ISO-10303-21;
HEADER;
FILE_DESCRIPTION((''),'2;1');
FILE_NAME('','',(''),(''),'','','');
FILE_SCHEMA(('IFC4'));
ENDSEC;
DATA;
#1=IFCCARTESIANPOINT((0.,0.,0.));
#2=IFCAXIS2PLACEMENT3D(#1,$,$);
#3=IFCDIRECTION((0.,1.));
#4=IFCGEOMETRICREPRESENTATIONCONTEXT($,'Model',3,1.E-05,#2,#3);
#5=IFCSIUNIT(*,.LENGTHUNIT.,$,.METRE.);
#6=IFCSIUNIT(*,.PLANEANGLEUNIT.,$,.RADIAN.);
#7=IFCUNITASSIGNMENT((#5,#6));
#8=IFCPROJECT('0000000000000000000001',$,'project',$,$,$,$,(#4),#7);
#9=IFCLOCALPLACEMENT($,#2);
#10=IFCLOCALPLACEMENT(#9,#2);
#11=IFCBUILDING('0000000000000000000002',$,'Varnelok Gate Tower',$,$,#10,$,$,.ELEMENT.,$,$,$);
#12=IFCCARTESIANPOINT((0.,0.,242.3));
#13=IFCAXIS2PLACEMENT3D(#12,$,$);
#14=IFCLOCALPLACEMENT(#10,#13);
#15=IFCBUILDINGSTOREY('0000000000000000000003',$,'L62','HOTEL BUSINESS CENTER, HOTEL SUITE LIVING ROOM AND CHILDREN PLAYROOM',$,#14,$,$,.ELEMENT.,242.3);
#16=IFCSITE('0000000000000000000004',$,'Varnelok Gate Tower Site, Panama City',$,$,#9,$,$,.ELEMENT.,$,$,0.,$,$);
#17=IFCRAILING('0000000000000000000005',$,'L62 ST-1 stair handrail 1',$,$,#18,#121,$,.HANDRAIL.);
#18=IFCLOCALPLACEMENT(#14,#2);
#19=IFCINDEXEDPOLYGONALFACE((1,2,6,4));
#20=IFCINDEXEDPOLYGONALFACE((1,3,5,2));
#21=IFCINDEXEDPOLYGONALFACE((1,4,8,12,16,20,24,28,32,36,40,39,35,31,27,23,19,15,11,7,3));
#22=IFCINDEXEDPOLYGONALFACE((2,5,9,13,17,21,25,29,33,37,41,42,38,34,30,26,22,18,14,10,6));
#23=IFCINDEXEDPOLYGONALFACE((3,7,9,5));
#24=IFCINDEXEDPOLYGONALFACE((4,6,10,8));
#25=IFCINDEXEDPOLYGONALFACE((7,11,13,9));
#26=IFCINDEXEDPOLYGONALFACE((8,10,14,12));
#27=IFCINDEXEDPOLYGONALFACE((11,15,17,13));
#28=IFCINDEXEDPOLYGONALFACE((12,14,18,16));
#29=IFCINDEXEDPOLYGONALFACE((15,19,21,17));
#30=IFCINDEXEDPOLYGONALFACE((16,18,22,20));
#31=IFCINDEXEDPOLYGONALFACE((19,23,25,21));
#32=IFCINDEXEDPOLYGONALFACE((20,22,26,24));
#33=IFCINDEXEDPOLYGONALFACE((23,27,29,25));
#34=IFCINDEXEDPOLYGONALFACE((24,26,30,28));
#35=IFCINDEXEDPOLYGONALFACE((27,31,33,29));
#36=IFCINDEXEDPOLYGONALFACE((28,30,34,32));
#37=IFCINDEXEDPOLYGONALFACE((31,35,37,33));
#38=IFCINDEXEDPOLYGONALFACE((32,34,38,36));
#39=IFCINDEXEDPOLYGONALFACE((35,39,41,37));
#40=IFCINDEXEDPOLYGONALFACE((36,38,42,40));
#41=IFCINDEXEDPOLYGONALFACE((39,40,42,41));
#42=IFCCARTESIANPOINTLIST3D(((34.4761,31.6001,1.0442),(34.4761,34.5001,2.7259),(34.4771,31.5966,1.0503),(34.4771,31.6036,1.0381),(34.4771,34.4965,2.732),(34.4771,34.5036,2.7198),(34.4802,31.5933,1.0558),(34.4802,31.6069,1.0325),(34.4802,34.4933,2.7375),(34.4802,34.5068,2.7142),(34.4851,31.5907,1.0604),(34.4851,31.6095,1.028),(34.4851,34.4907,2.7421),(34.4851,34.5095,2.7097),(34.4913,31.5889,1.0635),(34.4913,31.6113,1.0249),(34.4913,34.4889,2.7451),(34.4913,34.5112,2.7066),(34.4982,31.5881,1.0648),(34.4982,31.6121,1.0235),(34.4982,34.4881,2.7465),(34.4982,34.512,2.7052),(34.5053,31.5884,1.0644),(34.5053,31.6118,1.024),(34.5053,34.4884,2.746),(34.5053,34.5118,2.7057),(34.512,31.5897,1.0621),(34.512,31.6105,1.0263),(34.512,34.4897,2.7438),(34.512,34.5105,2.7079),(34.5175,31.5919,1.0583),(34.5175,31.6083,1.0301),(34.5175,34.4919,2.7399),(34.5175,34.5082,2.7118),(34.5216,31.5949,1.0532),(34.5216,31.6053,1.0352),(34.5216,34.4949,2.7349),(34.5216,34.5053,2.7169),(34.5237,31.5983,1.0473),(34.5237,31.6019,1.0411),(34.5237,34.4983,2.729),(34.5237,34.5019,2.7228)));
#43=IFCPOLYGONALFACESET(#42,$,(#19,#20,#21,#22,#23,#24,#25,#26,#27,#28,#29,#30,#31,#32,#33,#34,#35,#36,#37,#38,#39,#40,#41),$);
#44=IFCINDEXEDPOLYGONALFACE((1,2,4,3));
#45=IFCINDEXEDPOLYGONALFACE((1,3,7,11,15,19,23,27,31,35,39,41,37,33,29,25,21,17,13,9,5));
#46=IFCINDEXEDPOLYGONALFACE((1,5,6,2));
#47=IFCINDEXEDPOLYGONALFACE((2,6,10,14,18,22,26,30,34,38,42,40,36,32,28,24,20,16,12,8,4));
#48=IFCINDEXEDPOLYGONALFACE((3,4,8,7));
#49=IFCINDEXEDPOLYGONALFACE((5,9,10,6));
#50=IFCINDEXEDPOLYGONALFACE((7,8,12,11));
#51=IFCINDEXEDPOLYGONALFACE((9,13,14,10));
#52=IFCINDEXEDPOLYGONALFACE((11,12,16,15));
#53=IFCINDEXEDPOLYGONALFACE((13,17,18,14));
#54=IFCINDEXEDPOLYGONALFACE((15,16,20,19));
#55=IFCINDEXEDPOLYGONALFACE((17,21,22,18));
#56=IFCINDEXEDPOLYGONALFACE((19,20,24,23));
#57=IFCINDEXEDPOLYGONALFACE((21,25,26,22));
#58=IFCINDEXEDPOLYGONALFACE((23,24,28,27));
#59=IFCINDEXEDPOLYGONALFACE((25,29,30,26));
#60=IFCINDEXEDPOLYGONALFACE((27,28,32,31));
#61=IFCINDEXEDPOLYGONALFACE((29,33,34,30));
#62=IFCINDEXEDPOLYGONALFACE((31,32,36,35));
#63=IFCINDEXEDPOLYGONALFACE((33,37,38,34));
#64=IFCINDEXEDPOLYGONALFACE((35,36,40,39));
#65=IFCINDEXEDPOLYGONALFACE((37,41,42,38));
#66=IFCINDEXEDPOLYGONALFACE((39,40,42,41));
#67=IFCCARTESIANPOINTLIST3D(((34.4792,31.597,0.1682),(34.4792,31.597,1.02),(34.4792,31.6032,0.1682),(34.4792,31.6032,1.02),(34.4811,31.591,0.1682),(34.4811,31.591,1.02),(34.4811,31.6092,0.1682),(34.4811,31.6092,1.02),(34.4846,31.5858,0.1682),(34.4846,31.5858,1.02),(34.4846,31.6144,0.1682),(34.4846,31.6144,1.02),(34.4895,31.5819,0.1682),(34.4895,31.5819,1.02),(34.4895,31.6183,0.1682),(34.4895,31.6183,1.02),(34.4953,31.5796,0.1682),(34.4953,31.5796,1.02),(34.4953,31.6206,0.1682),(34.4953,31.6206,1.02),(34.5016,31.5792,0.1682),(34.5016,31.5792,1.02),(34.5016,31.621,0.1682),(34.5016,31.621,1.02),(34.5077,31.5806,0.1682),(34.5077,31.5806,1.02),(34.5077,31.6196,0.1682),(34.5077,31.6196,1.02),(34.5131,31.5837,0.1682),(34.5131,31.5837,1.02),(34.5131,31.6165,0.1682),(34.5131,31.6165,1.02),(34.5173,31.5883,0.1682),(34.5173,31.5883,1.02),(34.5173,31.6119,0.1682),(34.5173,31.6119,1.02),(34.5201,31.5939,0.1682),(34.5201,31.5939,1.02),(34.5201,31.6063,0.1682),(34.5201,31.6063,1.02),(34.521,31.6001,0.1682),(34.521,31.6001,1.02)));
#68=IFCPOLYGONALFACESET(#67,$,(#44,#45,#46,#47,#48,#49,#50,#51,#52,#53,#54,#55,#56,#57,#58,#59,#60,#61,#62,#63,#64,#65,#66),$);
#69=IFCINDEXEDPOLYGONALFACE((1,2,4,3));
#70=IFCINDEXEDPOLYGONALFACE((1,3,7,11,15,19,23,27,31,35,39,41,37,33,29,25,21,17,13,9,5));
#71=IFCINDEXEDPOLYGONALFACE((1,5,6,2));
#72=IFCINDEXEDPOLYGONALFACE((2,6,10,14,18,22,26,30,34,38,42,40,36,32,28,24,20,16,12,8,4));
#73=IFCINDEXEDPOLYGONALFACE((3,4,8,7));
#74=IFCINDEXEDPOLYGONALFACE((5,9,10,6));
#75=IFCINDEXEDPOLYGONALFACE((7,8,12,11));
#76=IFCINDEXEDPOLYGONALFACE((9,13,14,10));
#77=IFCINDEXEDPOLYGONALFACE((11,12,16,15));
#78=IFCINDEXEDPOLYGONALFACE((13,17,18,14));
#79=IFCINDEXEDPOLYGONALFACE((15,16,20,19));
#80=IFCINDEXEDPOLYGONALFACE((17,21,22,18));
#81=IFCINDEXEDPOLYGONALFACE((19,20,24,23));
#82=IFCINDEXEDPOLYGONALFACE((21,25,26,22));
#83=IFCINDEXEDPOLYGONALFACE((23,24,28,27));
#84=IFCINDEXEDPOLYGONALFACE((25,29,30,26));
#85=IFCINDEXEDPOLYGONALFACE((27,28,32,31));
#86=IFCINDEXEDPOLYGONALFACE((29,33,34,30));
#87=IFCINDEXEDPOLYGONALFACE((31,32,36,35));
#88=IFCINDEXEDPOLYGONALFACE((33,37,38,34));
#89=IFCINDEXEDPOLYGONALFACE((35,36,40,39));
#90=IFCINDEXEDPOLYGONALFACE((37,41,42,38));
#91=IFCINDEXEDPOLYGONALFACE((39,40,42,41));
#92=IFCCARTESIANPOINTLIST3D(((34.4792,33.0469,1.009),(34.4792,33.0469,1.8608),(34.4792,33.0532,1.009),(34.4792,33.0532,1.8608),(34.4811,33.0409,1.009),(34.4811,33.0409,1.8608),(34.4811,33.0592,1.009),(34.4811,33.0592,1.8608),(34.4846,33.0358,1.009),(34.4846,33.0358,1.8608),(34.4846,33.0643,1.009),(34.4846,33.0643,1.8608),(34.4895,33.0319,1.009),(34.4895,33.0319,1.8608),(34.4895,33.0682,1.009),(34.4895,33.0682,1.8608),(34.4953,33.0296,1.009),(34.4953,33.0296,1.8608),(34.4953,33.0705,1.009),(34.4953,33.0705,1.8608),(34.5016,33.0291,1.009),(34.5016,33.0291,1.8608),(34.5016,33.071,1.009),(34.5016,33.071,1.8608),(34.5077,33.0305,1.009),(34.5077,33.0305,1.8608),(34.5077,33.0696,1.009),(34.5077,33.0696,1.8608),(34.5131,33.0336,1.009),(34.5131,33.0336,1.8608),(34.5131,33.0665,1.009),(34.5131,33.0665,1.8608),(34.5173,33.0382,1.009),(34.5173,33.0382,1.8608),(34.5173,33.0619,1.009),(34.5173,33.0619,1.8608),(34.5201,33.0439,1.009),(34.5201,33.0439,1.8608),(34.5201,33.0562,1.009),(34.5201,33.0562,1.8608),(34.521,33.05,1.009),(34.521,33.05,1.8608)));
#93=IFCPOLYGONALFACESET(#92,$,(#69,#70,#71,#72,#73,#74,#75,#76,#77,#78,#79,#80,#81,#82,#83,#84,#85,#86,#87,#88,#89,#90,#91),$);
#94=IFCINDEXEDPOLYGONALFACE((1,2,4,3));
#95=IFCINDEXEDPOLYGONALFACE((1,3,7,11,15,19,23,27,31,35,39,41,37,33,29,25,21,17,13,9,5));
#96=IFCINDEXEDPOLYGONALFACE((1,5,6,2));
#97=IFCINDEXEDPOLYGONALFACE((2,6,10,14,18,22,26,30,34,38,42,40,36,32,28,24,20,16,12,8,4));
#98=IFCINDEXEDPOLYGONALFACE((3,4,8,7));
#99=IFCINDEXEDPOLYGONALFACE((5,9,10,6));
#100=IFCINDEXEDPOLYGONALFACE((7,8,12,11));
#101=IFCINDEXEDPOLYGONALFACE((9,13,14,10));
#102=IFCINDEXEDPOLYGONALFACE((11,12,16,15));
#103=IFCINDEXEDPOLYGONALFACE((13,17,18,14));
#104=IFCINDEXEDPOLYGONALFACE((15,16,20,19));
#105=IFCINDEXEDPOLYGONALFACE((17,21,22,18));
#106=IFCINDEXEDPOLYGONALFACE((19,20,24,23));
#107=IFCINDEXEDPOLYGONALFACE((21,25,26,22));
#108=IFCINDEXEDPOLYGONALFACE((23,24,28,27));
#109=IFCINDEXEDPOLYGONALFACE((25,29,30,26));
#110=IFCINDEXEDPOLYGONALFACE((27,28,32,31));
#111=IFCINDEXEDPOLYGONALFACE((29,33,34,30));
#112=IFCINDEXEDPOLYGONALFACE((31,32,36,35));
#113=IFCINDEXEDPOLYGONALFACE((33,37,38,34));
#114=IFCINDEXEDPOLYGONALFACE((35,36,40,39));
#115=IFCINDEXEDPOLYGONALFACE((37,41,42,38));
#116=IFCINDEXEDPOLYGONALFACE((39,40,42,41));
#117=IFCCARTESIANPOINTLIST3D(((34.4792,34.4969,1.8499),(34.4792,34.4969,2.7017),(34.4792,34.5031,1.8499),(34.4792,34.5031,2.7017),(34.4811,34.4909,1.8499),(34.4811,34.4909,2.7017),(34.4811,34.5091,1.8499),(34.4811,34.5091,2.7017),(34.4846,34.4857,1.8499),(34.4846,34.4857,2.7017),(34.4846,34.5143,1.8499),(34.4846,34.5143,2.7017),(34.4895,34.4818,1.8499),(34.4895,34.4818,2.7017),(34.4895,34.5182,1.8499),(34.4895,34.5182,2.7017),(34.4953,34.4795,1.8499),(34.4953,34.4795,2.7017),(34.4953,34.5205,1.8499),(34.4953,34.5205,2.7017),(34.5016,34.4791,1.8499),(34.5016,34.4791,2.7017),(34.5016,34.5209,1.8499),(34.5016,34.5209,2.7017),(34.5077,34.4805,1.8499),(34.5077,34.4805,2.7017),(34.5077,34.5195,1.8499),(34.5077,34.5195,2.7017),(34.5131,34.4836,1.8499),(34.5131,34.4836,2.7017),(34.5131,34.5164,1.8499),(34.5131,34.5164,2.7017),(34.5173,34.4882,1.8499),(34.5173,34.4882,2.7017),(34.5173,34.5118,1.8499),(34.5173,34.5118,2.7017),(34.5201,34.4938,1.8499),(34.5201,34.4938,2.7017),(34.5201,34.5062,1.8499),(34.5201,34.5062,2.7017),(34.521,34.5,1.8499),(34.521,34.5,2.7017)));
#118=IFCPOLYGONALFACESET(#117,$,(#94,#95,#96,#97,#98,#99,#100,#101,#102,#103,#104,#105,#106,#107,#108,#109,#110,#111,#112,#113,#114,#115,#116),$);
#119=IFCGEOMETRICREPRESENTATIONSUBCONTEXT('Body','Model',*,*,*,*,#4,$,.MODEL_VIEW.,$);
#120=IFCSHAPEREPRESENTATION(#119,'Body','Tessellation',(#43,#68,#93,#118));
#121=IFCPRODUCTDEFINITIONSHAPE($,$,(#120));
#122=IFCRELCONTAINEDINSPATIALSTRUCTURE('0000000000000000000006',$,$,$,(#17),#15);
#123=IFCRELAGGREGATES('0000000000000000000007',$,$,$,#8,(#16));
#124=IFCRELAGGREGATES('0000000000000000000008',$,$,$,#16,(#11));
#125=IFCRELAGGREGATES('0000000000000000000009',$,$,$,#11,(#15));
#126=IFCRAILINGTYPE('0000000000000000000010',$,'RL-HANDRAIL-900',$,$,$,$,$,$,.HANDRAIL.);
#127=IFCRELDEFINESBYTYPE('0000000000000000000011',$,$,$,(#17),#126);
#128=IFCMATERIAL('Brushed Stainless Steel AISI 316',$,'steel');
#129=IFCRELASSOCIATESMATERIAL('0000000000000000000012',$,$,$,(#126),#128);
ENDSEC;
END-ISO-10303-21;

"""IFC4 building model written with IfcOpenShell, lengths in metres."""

from ifc_helpers import new_model, si_unit, direction, frame, origin, origin_2d, place, context, subcontext, project, spatial, circle, extrude, material, type_object, element, save


model = new_model("IFC4")

# Units and contexts
model_context = context("Model", 3, precision=1e-05, world=origin(), true_north=direction((0.0, 1.0)))
body_context = subcontext(model_context, "Body", "Model", "MODEL_VIEW")
ifc_project = project(units=[si_unit("LENGTHUNIT", "METRE"), si_unit("PLANEANGLEUNIT", "RADIAN")], contexts=[model_context])

# Site, building, storey
site_placement = place(None, origin())
site = spatial("IfcSite", under=ifc_project, at=site_placement, Name="Varnelok Gate Tower Site, Panama City", CompositionType="ELEMENT", RefElevation=0.0)
building_placement = place(site_placement, origin())
building = spatial("IfcBuilding", under=site, at=building_placement, Name="Varnelok Gate Tower", CompositionType="ELEMENT")
storey_placement = place(building_placement, frame((0.0, 0.0, 242.3)))
storey = spatial("IfcBuildingStorey", under=building, at=storey_placement, Name="L62", Description="HOTEL BUSINESS CENTER, HOTEL SUITE LIVING ROOM AND CHILDREN PLAYROOM", CompositionType="ELEMENT", Elevation=242.3)

# Railing
ifc_material_1 = material(Name="Brushed Stainless Steel AISI 316", Category="steel")
railing_type_1 = type_object("IfcRailingType", Name="RL-HANDRAIL-900", PredefinedType="HANDRAIL", material=ifc_material_1)
railing_1_placement = place(storey_placement, frame((34.5, 31.6001, 0.1682)))
element("IfcRailing", 1, at=railing_1_placement, inside=storey, type_object=railing_type_1, Name="L62 ST-1 stair handrail 1", PredefinedType="HANDRAIL", context=body_context, shape_type="SweptSolid", body=[
    extrude(circle(Radius=0.0239, at=origin_2d()), frame((0.0, 0.0, 0.876), z_axis=(0.0, 0.86507, 0.501651), x_axis=(-1.0, 0.0, 0.0)), (0.0, 0.0, 1.0), 3.3523),
    extrude(circle(Radius=0.021, at=origin_2d()), origin(), (0.0, 0.0, 1.0), 0.8518),
    extrude(circle(Radius=0.021, at=origin_2d()), frame((0.0, 1.45, 0.8408)), (0.0, 0.0, 1.0), 0.8518),
    extrude(circle(Radius=0.021, at=origin_2d()), frame((0.0, 2.8999, 1.6816)), (0.0, 0.0, 1.0), 0.8518),
])

save(model, "model.ifc")
